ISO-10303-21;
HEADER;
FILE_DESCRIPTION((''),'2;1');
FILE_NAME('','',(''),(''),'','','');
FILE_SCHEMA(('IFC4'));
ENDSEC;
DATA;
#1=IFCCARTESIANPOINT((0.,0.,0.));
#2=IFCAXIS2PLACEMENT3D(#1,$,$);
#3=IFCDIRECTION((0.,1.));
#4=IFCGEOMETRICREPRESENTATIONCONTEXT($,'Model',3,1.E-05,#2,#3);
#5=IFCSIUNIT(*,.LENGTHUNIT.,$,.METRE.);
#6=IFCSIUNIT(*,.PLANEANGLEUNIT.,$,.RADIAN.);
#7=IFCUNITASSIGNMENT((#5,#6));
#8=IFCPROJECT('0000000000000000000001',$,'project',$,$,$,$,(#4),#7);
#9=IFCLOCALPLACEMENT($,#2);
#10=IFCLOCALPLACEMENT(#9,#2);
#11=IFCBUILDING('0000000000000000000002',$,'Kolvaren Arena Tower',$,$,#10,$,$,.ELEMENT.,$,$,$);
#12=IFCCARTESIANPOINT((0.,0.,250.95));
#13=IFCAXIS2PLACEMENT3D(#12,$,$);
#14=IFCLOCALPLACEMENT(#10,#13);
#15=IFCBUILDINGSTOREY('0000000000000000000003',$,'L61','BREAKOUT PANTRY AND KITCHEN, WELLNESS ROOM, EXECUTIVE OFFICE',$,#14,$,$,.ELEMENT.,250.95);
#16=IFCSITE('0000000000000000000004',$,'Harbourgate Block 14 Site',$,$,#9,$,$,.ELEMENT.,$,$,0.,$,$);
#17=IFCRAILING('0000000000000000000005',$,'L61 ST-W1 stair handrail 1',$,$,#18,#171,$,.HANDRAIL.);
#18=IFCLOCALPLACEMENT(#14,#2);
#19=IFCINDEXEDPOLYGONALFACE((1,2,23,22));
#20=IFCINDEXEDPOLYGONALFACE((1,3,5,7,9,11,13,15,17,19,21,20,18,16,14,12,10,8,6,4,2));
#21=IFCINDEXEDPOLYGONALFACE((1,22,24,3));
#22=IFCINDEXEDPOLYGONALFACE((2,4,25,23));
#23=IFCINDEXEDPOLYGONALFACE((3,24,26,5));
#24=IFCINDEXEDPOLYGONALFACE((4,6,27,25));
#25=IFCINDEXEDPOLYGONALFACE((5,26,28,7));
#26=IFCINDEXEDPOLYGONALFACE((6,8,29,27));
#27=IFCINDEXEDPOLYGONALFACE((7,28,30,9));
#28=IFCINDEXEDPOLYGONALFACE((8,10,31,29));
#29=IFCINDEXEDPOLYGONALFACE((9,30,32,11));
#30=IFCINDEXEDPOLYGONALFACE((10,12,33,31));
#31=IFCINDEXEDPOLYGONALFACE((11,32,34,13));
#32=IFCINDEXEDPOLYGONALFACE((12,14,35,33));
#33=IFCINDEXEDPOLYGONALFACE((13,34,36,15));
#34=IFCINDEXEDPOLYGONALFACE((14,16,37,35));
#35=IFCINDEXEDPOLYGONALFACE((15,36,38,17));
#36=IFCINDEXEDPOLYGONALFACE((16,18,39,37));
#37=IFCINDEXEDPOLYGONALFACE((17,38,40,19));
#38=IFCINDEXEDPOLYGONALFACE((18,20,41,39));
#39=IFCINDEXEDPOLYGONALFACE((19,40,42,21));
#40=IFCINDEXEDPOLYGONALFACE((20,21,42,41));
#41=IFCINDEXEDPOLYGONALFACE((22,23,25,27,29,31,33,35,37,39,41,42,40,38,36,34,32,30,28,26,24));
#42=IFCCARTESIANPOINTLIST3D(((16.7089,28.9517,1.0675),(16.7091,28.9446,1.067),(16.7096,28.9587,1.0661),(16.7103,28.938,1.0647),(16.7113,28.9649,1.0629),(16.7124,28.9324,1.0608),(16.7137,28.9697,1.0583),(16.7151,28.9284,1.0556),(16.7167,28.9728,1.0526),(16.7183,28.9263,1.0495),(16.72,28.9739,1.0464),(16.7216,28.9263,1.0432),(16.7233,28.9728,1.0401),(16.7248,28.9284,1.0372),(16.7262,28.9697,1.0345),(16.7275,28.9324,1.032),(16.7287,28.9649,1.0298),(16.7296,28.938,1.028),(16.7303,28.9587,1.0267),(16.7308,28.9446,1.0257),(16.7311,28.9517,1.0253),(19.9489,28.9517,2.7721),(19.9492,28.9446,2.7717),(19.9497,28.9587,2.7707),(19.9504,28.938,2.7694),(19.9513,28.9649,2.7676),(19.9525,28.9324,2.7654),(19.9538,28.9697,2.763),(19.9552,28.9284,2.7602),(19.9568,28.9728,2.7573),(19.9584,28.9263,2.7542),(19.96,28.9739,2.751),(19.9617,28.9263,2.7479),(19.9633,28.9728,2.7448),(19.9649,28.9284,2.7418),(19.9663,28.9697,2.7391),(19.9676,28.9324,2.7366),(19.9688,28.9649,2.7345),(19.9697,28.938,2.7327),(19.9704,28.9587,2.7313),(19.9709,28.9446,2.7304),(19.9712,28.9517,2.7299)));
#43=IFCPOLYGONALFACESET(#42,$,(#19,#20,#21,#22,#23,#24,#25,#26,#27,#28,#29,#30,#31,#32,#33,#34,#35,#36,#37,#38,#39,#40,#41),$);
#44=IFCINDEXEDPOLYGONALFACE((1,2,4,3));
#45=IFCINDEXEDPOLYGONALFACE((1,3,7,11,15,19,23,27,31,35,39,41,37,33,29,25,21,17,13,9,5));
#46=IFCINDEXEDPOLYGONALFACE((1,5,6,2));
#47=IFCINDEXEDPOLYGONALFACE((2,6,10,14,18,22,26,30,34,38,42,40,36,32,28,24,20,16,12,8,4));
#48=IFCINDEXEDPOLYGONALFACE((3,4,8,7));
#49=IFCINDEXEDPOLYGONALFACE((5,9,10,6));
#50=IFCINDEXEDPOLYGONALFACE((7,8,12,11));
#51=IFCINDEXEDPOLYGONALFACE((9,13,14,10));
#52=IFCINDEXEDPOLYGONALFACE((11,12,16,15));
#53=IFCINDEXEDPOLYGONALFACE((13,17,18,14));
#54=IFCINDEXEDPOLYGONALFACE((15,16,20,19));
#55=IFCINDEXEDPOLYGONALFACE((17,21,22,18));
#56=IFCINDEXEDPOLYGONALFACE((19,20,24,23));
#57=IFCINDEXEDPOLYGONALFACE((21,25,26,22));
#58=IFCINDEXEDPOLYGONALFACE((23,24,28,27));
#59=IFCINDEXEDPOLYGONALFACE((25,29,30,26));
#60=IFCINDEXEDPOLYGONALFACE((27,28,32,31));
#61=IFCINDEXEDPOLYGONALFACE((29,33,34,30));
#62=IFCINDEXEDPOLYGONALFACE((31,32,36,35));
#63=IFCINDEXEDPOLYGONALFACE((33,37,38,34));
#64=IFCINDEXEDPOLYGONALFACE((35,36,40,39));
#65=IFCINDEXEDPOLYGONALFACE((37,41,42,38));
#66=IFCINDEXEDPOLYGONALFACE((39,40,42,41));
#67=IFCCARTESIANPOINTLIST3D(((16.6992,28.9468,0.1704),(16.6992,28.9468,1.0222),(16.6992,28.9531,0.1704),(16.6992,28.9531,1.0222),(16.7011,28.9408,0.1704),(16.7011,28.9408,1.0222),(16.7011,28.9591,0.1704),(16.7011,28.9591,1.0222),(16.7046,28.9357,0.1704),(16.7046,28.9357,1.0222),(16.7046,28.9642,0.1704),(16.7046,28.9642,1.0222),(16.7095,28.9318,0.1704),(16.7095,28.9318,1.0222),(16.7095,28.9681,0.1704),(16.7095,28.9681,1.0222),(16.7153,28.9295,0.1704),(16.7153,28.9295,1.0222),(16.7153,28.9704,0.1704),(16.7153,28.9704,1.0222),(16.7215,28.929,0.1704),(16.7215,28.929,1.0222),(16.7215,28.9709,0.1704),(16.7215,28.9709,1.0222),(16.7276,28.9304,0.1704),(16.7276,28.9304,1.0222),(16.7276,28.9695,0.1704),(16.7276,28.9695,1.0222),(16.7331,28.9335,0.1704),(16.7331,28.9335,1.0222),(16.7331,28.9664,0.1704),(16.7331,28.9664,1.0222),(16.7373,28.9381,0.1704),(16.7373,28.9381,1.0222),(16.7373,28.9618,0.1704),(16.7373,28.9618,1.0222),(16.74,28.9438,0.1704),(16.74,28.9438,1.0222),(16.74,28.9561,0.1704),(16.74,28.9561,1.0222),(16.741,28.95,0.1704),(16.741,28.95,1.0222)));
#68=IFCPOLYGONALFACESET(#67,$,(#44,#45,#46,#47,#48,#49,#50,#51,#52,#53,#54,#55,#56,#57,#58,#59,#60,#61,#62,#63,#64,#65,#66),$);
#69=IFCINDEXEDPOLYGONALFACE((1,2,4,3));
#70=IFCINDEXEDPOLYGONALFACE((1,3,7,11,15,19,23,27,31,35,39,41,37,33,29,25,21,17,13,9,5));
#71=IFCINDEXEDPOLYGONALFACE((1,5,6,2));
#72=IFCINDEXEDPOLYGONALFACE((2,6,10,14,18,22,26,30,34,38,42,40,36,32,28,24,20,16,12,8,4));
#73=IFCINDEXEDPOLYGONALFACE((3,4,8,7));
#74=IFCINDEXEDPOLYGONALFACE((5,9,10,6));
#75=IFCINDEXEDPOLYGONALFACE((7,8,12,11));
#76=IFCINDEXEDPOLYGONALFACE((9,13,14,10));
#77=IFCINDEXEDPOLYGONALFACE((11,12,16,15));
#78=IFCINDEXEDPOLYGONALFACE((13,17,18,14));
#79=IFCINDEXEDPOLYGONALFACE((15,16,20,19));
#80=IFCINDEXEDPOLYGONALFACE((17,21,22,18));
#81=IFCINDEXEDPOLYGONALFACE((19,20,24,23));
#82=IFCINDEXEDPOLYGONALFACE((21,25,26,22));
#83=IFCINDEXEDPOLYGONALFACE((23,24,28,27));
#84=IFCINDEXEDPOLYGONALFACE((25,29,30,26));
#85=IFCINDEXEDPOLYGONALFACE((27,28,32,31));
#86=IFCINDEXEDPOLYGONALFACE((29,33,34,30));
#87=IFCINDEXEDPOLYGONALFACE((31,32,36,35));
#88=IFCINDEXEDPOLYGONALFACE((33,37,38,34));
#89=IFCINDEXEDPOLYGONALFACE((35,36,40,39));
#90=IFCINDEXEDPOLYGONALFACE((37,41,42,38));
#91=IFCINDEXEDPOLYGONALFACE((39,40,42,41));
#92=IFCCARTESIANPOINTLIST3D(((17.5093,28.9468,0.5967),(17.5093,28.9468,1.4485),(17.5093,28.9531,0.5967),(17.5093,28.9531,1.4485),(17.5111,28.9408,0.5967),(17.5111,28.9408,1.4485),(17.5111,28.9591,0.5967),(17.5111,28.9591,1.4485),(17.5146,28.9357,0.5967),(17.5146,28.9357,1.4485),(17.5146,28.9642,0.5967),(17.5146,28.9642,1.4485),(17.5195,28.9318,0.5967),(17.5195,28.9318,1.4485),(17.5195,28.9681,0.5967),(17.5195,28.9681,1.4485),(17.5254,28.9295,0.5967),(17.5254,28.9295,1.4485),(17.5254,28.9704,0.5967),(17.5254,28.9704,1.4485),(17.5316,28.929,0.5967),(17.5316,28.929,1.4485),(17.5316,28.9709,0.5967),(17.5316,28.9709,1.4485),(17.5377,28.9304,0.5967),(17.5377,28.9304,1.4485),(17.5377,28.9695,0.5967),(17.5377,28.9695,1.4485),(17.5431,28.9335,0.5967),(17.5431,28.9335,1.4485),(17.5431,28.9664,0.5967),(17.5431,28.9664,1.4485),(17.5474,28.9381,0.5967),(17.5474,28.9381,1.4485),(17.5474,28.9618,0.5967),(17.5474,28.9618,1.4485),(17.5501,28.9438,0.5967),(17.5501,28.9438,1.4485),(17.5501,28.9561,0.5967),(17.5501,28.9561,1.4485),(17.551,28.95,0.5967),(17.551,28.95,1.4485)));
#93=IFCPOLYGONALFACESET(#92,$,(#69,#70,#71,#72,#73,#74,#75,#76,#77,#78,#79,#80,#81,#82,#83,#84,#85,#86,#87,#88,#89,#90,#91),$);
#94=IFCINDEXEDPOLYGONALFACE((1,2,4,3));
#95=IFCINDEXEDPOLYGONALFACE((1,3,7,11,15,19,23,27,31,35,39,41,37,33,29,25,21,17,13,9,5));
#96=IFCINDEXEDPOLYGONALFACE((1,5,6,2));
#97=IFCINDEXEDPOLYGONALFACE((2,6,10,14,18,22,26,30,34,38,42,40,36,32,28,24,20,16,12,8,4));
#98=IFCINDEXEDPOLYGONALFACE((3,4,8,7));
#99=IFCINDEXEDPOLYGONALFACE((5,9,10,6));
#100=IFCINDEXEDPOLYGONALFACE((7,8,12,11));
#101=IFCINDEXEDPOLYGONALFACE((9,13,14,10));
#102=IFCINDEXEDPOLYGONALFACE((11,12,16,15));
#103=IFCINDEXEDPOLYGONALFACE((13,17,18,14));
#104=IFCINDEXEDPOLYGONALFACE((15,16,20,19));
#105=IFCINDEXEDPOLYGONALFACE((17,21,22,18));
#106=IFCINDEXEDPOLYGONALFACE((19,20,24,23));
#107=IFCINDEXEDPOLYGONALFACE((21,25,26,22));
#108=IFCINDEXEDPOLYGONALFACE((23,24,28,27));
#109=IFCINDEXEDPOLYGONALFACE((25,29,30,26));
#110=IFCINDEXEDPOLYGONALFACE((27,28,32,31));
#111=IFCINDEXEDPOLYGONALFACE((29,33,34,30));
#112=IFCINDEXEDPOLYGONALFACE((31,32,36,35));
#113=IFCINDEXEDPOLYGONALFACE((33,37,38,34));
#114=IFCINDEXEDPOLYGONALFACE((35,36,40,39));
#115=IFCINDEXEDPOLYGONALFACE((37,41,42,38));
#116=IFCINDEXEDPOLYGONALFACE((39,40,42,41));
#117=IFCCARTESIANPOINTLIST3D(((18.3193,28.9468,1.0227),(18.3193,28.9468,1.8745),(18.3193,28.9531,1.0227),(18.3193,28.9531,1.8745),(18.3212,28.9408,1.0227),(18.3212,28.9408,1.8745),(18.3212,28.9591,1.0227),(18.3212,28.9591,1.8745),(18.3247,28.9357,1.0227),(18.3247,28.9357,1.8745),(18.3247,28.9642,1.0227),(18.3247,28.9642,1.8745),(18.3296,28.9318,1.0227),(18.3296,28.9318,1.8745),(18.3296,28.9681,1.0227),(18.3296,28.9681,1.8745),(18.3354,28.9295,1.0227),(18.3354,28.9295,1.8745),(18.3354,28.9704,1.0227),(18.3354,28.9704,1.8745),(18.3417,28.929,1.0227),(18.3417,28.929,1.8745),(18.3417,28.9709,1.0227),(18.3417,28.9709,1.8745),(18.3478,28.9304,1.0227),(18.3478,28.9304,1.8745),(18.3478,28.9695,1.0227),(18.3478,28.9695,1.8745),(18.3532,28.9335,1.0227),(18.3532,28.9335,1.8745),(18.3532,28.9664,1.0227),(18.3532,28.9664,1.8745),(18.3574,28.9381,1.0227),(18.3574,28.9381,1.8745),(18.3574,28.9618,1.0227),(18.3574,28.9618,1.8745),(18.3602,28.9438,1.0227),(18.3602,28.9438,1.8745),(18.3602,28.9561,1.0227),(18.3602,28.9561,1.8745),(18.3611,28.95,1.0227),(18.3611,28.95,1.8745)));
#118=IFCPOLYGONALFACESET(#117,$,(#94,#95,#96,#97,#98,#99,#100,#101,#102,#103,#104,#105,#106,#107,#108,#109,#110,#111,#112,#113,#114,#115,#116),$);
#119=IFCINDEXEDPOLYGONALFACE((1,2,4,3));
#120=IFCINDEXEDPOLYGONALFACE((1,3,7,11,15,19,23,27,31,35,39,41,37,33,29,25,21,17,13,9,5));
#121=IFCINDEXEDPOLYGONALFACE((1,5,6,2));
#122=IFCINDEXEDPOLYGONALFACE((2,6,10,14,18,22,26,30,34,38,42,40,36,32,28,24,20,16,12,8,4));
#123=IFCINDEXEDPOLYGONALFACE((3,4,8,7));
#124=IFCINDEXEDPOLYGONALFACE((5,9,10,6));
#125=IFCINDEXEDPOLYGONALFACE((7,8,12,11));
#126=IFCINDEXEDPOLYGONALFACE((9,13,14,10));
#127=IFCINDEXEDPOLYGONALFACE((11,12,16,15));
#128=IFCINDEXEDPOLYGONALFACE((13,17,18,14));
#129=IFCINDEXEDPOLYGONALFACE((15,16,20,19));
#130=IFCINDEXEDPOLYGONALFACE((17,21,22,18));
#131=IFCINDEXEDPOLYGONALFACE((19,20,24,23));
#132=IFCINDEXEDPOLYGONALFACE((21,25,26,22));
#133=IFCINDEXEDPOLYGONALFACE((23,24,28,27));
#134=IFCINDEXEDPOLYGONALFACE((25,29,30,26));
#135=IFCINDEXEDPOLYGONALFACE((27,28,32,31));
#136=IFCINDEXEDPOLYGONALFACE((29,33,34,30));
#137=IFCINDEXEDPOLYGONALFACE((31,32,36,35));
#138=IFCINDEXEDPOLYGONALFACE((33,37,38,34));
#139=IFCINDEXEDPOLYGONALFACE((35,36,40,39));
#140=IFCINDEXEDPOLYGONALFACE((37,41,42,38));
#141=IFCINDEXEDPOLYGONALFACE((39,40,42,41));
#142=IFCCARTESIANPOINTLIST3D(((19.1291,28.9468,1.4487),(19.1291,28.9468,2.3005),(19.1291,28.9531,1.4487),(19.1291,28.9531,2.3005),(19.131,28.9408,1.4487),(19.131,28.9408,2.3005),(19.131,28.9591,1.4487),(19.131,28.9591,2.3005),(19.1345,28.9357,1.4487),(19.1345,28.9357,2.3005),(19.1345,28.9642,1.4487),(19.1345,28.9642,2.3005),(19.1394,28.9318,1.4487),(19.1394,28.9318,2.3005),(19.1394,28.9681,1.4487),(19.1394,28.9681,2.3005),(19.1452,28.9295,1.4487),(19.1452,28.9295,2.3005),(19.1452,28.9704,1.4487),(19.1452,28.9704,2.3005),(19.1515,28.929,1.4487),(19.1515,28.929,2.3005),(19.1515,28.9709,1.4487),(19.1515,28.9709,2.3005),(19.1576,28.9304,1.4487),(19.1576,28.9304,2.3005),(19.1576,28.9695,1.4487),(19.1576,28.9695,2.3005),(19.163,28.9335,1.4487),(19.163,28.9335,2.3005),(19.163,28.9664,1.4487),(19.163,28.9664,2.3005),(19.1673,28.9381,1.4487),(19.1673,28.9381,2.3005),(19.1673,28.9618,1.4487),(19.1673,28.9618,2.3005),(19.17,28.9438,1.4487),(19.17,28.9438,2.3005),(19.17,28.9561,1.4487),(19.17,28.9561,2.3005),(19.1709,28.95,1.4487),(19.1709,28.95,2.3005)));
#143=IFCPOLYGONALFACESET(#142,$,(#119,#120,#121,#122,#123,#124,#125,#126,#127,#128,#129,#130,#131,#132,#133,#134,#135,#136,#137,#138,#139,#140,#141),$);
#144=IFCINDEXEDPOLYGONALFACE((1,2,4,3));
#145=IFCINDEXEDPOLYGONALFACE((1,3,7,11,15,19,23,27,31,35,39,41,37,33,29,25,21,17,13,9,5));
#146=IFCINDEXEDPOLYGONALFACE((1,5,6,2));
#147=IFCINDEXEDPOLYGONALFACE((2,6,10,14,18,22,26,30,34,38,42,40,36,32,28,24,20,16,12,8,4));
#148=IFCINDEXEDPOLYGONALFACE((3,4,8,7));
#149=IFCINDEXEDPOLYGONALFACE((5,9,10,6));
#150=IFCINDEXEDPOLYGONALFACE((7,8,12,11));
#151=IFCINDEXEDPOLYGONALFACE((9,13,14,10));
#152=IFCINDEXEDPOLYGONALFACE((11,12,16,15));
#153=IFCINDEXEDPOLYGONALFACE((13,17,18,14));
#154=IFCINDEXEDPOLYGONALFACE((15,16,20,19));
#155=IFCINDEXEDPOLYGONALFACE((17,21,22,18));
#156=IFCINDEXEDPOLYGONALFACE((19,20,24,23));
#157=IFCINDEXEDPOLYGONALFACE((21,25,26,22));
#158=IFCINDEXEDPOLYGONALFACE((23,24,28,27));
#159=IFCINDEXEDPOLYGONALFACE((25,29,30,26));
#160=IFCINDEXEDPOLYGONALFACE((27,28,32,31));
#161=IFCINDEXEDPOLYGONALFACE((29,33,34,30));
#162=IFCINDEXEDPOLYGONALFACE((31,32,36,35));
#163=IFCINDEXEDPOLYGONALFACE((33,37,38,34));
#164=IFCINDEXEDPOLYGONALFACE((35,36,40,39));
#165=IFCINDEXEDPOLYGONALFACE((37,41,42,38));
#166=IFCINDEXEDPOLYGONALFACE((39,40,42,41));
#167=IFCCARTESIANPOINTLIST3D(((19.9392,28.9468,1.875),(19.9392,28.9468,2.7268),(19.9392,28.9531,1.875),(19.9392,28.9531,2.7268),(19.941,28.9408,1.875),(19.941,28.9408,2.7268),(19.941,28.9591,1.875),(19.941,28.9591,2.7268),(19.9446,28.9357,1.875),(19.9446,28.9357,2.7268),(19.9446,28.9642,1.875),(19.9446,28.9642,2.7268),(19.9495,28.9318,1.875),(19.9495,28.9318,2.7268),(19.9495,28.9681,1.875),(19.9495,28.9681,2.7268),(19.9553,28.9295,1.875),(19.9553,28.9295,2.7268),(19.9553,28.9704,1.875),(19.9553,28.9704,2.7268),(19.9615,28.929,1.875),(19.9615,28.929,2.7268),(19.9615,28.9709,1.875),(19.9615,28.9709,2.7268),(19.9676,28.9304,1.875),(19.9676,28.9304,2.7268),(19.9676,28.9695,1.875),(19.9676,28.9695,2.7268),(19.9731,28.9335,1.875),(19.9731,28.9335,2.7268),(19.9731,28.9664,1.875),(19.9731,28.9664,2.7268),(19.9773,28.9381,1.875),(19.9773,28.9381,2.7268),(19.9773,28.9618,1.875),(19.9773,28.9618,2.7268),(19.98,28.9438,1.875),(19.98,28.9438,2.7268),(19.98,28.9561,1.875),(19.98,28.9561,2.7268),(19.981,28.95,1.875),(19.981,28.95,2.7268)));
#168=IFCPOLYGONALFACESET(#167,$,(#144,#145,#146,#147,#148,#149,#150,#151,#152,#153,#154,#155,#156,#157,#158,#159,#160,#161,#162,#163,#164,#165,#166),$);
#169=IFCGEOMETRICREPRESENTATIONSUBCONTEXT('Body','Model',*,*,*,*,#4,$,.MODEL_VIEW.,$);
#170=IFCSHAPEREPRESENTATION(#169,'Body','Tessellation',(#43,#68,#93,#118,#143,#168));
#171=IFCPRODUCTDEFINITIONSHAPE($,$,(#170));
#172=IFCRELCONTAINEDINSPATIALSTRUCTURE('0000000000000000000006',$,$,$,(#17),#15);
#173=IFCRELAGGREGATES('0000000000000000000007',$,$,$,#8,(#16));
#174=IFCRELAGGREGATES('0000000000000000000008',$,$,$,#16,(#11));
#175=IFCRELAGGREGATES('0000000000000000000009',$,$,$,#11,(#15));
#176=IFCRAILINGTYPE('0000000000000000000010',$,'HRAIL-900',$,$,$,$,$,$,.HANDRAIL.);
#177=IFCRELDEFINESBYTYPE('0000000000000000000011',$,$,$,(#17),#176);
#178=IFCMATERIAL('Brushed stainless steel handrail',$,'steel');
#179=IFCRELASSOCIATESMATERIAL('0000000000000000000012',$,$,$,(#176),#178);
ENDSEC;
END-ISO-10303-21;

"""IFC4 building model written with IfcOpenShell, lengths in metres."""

from ifc_helpers import new_model, si_unit, direction, frame, origin, origin_2d, place, context, subcontext, project, spatial, circle, extrude, material, type_object, element, save


model = new_model("IFC4")

# Units and contexts
model_context = context("Model", 3, precision=1e-05, world=origin(), true_north=direction((0.0, 1.0)))
body_context = subcontext(model_context, "Body", "Model", "MODEL_VIEW")
ifc_project = project(units=[si_unit("LENGTHUNIT", "METRE"), si_unit("PLANEANGLEUNIT", "RADIAN")], contexts=[model_context])

# Site, building, storey
site_placement = place(None, origin())
site = spatial("IfcSite", under=ifc_project, at=site_placement, Name="Harbourgate Block 14 Site", CompositionType="ELEMENT", RefElevation=0.0)
building_placement = place(site_placement, origin())
building = spatial("IfcBuilding", under=site, at=building_placement, Name="Kolvaren Arena Tower", CompositionType="ELEMENT")
storey_placement = place(building_placement, frame((0.0, 0.0, 250.95)))
storey = spatial("IfcBuildingStorey", under=building, at=storey_placement, Name="L61", Description="BREAKOUT PANTRY AND KITCHEN, WELLNESS ROOM, EXECUTIVE OFFICE", CompositionType="ELEMENT", Elevation=250.95)

# Railing
ifc_material_1 = material(Name="Brushed stainless steel handrail", Category="steel")
railing_type_1 = type_object("IfcRailingType", Name="HRAIL-900", PredefinedType="HANDRAIL", material=ifc_material_1)
railing_1_placement = place(storey_placement, frame((16.72, 28.95, 0.1704)))
element("IfcRailing", 1, at=railing_1_placement, inside=storey, type_object=railing_type_1, Name="L61 ST-W1 stair handrail 1", PredefinedType="HANDRAIL", context=body_context, shape_type="SweptSolid", body=[
    extrude(circle(Radius=0.0239, at=origin_2d()), frame((0.0, 0.0, 0.876), z_axis=(0.884993, 0.0, 0.465604), x_axis=(0.0, 1.0, 0.0)), (0.0, 0.0, 1.0), 3.6611),
    extrude(circle(Radius=0.021, at=origin_2d()), origin(), (0.0, 0.0, 1.0), 0.8518),
    extrude(circle(Radius=0.021, at=origin_2d()), frame((0.8101, 0.0, 0.4263)), (0.0, 0.0, 1.0), 0.8518),
    extrude(circle(Radius=0.021, at=origin_2d()), frame((1.6201, 0.0, 0.8523)), (0.0, 0.0, 1.0), 0.8518),
    extrude(circle(Radius=0.021, at=origin_2d()), frame((2.4299, 0.0, 1.2783)), (0.0, 0.0, 1.0), 0.8518),
    extrude(circle(Radius=0.021, at=origin_2d()), frame((3.24, 0.0, 1.7046)), (0.0, 0.0, 1.0), 0.8518),
])

save(model, "model.ifc")
